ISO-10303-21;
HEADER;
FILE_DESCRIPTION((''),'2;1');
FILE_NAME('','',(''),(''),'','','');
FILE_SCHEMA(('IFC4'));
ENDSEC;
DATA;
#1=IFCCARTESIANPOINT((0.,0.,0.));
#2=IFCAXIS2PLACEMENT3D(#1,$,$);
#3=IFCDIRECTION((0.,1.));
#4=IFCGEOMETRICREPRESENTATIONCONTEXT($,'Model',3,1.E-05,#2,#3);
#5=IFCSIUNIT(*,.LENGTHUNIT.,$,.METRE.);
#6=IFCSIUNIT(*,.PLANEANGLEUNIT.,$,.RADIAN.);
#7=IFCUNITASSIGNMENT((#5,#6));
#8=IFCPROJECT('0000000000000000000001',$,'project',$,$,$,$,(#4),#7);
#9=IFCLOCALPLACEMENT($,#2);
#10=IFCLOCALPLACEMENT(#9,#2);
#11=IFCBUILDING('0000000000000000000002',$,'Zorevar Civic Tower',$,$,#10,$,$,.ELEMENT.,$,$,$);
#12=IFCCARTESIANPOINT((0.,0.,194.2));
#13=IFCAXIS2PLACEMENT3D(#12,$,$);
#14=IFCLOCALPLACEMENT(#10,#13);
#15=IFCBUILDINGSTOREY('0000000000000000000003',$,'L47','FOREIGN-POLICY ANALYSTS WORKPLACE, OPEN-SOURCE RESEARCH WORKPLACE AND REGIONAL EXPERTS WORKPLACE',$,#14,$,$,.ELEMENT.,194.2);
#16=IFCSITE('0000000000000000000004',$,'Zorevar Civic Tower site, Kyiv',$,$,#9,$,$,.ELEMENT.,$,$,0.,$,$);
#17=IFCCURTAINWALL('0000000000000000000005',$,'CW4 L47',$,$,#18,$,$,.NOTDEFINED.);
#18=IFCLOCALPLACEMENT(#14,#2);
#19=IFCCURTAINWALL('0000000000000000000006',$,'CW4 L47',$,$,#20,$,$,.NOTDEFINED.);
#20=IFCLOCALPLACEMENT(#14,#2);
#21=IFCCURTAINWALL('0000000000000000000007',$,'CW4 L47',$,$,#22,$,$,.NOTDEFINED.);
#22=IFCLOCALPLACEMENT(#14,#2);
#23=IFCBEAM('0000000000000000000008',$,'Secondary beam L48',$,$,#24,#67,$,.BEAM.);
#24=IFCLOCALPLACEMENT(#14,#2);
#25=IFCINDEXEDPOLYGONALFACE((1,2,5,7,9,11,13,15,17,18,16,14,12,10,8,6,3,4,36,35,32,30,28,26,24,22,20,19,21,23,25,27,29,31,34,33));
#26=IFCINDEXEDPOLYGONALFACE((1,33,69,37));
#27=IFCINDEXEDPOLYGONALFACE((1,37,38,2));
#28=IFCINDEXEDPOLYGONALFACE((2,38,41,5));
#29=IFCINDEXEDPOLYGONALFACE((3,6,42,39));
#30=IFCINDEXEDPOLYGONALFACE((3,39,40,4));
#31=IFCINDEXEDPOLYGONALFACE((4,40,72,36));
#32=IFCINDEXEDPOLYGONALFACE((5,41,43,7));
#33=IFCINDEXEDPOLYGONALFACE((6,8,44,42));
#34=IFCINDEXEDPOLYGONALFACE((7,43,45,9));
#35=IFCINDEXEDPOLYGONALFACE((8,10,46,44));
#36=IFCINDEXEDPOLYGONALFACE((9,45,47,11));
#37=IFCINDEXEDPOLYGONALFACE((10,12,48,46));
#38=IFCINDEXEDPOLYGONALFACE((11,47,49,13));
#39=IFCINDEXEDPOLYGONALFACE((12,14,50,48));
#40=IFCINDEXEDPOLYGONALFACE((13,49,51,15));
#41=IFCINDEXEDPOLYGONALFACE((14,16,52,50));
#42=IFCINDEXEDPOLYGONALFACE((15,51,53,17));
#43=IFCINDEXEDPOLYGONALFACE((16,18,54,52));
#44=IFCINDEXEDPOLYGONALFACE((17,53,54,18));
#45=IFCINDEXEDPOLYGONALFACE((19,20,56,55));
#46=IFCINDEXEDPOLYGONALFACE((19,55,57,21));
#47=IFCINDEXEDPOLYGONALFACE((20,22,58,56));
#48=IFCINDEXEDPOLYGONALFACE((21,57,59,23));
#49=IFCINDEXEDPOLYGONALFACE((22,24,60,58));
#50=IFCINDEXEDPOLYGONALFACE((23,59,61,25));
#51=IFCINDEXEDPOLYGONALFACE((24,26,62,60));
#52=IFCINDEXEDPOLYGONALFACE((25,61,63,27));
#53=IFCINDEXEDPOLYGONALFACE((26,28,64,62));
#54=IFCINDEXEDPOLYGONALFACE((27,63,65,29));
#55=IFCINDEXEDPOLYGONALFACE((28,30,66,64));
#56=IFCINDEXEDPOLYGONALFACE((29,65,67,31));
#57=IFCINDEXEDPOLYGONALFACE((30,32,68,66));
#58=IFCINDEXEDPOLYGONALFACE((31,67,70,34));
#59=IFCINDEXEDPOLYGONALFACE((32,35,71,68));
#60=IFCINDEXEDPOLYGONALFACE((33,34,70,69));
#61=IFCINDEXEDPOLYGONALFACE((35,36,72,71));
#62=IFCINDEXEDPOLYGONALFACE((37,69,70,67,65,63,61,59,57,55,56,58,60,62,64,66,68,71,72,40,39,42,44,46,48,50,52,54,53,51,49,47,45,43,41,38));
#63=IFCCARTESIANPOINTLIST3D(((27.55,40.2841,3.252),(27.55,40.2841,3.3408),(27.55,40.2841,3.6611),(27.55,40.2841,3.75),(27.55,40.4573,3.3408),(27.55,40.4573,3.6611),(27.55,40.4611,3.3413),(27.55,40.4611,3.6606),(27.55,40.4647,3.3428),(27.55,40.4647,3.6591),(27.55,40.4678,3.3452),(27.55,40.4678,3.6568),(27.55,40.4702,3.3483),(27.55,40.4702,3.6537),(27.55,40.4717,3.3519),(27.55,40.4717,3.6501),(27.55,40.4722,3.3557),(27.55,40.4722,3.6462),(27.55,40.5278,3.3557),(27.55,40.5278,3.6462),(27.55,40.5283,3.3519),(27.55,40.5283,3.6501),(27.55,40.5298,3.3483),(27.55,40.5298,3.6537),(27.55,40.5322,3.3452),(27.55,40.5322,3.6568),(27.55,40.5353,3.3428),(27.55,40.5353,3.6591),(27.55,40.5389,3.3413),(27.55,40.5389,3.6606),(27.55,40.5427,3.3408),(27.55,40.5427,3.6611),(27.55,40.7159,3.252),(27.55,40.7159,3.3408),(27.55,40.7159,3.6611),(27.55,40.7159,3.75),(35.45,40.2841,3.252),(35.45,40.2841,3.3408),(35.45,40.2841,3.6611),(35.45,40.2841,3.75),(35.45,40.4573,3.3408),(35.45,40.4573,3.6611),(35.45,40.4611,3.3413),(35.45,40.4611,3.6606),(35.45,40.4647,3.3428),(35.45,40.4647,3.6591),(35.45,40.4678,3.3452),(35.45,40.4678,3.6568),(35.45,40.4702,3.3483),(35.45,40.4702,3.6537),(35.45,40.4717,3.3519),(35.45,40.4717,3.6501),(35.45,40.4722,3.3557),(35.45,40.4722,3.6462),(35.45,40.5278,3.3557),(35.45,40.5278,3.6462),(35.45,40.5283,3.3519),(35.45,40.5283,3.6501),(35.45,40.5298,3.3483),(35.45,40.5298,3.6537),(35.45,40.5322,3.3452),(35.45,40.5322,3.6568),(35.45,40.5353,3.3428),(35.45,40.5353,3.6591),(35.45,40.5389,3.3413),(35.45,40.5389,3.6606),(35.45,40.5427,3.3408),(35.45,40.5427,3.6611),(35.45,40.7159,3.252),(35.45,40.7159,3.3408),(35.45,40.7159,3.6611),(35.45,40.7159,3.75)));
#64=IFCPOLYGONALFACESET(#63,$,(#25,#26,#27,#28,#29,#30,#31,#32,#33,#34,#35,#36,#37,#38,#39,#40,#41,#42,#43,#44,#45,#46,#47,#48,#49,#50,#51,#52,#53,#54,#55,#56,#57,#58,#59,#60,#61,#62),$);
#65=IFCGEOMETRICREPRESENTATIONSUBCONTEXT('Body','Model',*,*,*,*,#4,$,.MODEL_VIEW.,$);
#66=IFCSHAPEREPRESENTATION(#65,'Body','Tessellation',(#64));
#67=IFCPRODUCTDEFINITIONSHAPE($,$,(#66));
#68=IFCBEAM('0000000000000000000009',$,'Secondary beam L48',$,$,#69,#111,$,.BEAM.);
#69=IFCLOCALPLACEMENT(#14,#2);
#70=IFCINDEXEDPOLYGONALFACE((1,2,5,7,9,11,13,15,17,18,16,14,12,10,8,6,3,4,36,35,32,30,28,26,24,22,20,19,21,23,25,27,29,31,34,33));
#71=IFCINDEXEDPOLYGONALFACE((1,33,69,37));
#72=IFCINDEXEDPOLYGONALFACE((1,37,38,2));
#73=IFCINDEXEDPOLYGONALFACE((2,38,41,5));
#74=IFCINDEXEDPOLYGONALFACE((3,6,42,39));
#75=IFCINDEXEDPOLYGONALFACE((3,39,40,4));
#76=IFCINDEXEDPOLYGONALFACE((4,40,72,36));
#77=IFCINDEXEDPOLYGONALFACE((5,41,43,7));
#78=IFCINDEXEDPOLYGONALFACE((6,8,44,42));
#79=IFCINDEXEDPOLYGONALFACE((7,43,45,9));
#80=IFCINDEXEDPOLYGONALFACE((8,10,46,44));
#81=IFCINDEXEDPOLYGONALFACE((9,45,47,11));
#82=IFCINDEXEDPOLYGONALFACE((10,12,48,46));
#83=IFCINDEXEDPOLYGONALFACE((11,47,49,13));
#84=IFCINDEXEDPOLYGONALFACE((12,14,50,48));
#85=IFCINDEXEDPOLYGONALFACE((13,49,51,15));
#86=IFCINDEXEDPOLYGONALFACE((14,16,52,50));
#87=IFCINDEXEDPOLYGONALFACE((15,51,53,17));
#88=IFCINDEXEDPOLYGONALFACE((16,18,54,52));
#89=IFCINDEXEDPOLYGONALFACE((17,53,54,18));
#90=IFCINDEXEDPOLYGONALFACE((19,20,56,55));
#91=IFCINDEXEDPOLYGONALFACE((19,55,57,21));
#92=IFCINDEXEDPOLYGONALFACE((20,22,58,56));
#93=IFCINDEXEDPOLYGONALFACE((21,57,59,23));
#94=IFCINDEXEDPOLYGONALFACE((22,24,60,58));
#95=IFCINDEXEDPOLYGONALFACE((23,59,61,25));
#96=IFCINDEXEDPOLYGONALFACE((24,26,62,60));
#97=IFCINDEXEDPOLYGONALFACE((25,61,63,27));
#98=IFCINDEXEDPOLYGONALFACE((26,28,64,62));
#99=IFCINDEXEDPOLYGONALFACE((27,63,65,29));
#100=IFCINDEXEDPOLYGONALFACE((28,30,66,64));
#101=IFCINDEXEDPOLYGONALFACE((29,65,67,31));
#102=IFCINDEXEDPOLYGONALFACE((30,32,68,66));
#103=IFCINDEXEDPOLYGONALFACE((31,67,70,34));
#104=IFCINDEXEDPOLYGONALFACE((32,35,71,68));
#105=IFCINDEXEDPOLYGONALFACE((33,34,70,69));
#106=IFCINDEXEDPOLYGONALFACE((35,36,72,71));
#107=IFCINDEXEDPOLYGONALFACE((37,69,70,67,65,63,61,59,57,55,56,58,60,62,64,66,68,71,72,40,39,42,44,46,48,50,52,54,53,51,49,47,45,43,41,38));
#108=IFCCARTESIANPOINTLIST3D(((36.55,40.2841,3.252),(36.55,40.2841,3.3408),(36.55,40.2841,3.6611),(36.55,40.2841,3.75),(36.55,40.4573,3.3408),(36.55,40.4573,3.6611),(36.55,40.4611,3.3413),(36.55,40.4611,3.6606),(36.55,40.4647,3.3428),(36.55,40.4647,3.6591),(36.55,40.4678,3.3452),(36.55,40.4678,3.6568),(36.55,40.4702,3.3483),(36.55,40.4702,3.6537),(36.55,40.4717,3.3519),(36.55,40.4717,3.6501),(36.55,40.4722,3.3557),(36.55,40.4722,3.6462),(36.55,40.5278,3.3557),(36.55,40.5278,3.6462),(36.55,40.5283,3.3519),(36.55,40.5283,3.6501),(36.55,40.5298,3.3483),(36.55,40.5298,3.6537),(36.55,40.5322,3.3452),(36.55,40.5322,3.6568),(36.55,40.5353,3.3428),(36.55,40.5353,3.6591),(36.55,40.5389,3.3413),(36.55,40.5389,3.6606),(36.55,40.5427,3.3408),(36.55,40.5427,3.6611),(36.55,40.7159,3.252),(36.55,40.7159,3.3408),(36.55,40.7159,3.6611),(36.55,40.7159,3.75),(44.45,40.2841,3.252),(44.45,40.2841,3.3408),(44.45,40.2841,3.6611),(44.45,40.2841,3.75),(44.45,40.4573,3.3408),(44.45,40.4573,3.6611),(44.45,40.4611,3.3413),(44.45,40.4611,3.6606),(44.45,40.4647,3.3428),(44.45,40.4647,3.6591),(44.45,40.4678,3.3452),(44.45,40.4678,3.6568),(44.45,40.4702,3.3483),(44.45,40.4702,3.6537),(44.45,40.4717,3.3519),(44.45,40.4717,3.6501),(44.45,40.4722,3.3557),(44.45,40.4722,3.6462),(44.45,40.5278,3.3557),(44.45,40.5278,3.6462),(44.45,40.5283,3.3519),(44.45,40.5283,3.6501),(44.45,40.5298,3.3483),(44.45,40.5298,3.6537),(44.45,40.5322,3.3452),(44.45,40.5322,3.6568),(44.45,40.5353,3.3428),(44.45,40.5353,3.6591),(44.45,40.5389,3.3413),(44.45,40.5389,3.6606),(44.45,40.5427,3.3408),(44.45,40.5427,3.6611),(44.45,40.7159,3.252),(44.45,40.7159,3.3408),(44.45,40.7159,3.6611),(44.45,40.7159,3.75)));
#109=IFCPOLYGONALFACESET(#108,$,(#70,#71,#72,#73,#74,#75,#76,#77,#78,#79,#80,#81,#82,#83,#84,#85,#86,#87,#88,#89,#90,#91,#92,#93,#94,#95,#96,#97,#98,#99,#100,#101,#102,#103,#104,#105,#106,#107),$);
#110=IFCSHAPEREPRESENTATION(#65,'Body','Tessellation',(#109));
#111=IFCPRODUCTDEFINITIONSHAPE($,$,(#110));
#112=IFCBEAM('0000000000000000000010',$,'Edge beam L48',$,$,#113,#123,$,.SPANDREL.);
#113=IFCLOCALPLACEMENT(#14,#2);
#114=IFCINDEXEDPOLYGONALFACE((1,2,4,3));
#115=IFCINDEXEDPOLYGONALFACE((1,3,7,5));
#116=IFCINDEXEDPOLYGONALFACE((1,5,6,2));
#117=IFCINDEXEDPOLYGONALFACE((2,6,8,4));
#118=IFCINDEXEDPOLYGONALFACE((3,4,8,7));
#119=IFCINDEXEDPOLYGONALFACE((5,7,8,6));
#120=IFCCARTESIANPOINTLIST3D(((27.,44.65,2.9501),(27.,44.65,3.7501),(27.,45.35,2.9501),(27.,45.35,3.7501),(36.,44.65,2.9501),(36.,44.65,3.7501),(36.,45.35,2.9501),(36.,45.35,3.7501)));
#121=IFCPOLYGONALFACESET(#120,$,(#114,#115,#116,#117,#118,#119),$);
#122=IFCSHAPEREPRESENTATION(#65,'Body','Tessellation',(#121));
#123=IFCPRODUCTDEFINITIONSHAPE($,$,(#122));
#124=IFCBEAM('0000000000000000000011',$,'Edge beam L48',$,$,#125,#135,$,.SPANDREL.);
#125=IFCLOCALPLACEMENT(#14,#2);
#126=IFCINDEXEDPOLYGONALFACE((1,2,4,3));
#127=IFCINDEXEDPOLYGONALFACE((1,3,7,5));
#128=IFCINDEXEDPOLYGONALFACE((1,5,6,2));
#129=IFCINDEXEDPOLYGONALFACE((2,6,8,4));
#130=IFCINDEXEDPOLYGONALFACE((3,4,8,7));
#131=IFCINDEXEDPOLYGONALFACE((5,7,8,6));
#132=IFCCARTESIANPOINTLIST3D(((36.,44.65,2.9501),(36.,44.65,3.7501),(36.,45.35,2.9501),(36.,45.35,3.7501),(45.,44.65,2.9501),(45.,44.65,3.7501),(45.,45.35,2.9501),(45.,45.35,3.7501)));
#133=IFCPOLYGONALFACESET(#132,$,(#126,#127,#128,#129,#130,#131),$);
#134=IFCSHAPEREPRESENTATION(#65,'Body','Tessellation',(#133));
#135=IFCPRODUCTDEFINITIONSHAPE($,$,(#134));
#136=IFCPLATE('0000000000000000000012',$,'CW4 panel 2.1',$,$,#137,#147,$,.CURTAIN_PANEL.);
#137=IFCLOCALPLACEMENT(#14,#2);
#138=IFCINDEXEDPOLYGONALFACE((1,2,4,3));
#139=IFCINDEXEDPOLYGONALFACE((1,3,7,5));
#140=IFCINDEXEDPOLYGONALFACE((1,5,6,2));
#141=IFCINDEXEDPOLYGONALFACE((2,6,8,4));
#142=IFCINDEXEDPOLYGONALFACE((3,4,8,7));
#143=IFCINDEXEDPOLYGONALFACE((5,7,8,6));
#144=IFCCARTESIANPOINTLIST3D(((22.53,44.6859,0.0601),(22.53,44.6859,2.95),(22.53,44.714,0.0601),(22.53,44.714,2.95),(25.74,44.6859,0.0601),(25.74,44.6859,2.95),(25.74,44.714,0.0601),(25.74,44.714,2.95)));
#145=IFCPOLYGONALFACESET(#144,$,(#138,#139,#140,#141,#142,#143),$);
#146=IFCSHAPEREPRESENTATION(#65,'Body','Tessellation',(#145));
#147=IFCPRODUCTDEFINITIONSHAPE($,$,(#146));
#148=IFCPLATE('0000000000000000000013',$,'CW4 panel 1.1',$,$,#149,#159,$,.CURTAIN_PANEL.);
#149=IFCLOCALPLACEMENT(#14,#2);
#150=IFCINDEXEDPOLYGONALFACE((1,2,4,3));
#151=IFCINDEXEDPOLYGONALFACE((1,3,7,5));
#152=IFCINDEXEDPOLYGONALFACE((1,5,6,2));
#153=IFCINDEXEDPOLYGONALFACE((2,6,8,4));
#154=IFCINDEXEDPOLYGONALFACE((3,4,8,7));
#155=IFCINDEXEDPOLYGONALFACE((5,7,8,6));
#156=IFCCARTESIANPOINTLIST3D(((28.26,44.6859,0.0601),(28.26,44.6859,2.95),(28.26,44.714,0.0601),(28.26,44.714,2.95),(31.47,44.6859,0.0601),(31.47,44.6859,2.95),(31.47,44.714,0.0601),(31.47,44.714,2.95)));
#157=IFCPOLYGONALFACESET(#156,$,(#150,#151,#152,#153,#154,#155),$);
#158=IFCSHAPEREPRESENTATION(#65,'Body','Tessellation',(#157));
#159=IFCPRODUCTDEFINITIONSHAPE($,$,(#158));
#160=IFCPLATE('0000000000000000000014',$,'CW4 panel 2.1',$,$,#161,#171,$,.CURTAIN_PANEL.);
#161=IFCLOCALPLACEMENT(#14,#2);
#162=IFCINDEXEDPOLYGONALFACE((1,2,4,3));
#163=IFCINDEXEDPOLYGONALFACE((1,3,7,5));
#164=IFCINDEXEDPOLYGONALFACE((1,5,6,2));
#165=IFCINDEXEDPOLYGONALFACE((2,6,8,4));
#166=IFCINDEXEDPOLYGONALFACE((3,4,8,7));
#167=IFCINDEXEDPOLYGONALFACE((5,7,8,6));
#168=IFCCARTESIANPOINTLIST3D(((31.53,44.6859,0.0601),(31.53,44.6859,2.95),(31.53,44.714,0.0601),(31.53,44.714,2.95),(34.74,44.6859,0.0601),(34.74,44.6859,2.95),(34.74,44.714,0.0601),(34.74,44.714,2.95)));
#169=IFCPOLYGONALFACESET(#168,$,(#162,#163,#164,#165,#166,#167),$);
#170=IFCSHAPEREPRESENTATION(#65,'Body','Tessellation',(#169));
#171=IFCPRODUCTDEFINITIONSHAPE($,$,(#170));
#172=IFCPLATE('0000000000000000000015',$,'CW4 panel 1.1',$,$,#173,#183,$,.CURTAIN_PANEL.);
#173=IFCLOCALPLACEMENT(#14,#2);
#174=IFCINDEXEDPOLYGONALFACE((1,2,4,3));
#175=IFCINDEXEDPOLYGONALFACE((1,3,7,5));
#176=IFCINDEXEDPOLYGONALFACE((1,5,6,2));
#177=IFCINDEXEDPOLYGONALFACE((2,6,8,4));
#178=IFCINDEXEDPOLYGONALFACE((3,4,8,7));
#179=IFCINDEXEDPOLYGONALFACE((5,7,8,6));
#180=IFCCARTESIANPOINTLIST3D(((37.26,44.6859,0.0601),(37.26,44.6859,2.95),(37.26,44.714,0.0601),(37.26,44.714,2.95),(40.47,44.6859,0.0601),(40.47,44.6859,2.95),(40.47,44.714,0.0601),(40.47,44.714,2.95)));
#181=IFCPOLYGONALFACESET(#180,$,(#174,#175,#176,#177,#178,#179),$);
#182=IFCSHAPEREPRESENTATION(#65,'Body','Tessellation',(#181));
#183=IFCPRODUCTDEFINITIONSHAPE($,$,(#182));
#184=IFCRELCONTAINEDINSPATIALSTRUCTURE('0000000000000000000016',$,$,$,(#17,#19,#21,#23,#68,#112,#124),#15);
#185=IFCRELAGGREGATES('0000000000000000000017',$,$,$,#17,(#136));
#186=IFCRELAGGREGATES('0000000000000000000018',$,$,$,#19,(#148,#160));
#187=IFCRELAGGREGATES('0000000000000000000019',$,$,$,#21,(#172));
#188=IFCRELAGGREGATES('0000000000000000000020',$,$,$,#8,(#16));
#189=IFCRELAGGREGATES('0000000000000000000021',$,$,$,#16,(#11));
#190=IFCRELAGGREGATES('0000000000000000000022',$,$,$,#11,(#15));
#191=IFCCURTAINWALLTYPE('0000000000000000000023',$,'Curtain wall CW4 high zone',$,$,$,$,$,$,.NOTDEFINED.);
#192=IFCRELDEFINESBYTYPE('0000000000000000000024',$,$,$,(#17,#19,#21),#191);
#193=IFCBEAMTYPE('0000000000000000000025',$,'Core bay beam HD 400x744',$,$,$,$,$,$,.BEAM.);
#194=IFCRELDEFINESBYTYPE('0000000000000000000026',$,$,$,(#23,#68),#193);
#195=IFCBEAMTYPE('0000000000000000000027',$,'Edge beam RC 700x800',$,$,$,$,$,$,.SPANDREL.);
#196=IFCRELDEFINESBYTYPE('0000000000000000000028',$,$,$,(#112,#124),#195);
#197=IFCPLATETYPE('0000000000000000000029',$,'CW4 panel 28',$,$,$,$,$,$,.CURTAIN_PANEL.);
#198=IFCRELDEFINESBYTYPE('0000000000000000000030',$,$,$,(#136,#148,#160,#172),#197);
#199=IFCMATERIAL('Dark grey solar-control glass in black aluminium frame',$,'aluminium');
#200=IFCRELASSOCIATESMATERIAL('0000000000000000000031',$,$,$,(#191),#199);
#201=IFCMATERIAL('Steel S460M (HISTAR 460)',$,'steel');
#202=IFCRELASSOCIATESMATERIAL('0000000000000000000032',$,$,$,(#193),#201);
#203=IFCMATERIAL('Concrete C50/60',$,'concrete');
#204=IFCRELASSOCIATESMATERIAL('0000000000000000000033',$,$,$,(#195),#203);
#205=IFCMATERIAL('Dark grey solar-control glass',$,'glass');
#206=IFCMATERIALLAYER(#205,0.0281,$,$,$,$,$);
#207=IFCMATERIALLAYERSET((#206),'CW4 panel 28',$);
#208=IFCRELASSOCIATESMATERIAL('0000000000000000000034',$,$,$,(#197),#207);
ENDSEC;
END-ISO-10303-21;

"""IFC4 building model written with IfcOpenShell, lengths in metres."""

from ifc_helpers import new_model, si_unit, direction, frame, origin, origin_2d, place, context, subcontext, project, spatial, rectangle, i_section, extrude, material, layer, layer_set, material_profile, profile_set, type_object, element, aggregate, save


model = new_model("IFC4")

# Units and contexts
model_context = context("Model", 3, precision=1e-05, world=origin(), true_north=direction((0.0, 1.0)))
body_context = subcontext(model_context, "Body", "Model", "MODEL_VIEW")
ifc_project = project(units=[si_unit("LENGTHUNIT", "METRE"), si_unit("PLANEANGLEUNIT", "RADIAN")], contexts=[model_context])

# Site, building, storey
site_placement = place(None, origin())
site = spatial("IfcSite", under=ifc_project, at=site_placement, Name="Zorevar Civic Tower site, Kyiv", CompositionType="ELEMENT", RefElevation=0.0)
building_placement = place(site_placement, origin())
building = spatial("IfcBuilding", under=site, at=building_placement, Name="Zorevar Civic Tower", CompositionType="ELEMENT")
storey_placement = place(building_placement, frame((0.0, 0.0, 194.2)))
storey = spatial("IfcBuildingStorey", under=building, at=storey_placement, Name="L47", Description="FOREIGN-POLICY ANALYSTS WORKPLACE, OPEN-SOURCE RESEARCH WORKPLACE AND REGIONAL EXPERTS WORKPLACE", CompositionType="ELEMENT", Elevation=194.2)

# Curtain walls
ifc_material_1 = material(Name="Dark grey solar-control glass in black aluminium frame", Category="aluminium")
curtain_wall_type = type_object("IfcCurtainWallType", Name="Curtain wall CW4 high zone", PredefinedType="NOTDEFINED", material=ifc_material_1)
curtain_wall_1_placement = place(storey_placement, origin())
curtain_wall_1 = element("IfcCurtainWall", 1, at=curtain_wall_1_placement, inside=storey, type_object=curtain_wall_type, Name="CW4 L47", PredefinedType="NOTDEFINED")
curtain_wall_2_placement = place(storey_placement, origin())
curtain_wall_2 = element("IfcCurtainWall", 2, at=curtain_wall_2_placement, inside=storey, type_object=curtain_wall_type, Name="CW4 L47", PredefinedType="NOTDEFINED")
curtain_wall_3_placement = place(storey_placement, origin())
curtain_wall_3 = element("IfcCurtainWall", 3, at=curtain_wall_3_placement, inside=storey, type_object=curtain_wall_type, Name="CW4 L47", PredefinedType="NOTDEFINED")

# Beams
ifc_material_2 = material(Name="Steel S460M (HISTAR 460)", Category="steel")
ifc_material_profile_1 = material_profile(ifc_material_2, i_section(OverallWidth=0.4319, OverallDepth=0.498, WebThickness=0.0557, FlangeThickness=0.0889, FilletRadius=0.0149, at=origin_2d()), Name="HD 400x744")
ifc_profile_set_1 = profile_set([ifc_material_profile_1], Name="Steel S460M (HISTAR 460)")
beam_type_1 = type_object("IfcBeamType", Name="Core bay beam HD 400x744", PredefinedType="BEAM", material=ifc_profile_set_1)
for number, where, z_axis, x_axis, name in (
    (4, (27.55, 40.5, 3.501), (1.0, 0.0, 0.0), (0.0, 1.0, 0.0), "Secondary beam L48"),
    (5, (36.55, 40.5, 3.501), (1.0, 0.0, 0.0), (0.0, 1.0, 0.0), "Secondary beam L48"),
):
    element("IfcBeam", number, at=place(storey_placement, frame(where, z_axis=z_axis, x_axis=x_axis)), inside=storey, type_object=beam_type_1, Name=name, PredefinedType="BEAM", context=body_context, shape_type="SweptSolid", body=[
        extrude(i_section(OverallWidth=0.4319, OverallDepth=0.498, WebThickness=0.0557, FlangeThickness=0.0889, FilletRadius=0.0149, at=origin_2d()), origin(), (0.0, 0.0, 1.0), 7.8999),
    ])
ifc_material_3 = material(Name="Concrete C50/60", Category="concrete")
ifc_material_profile_2 = material_profile(ifc_material_3, rectangle(XDim=0.7, YDim=0.8, at=origin_2d()), Name="RC 700x800")
ifc_profile_set_2 = profile_set([ifc_material_profile_2], Name="Concrete C50/60")
beam_type_2 = type_object("IfcBeamType", Name="Edge beam RC 700x800", PredefinedType="SPANDREL", material=ifc_profile_set_2)
for number, where, z_axis, x_axis, name in (
    (6, (27.0, 45.0, 3.3501), (1.0, 0.0, 0.0), (0.0, 1.0, 0.0), "Edge beam L48"),
    (7, (36.0, 45.0, 3.3501), (1.0, 0.0, 0.0), (0.0, 1.0, 0.0), "Edge beam L48"),
):
    element("IfcBeam", number, at=place(storey_placement, frame(where, z_axis=z_axis, x_axis=x_axis)), inside=storey, type_object=beam_type_2, Name=name, PredefinedType="SPANDREL", context=body_context, shape_type="SweptSolid", body=[
        extrude(rectangle(XDim=0.7, YDim=0.8, at=origin_2d()), origin(), (0.0, 0.0, 1.0), 9.0),
    ])

# Plates
ifc_material_4 = material(Name="Dark grey solar-control glass", Category="glass")
ifc_layer_1 = layer(ifc_material_4, 0.0281)
ifc_layer_set_1 = layer_set([ifc_layer_1], Name="CW4 panel 28")
plate_type = type_object("IfcPlateType", Name="CW4 panel 28", PredefinedType="CURTAIN_PANEL", material=ifc_layer_set_1)
plate_1_placement = place(storey_placement, frame((24.135, 44.7, 0.0601), z_axis=(0.0, 0.0, 1.0), x_axis=(1.0, 0.0, 0.0)))
plate_1 = element("IfcPlate", 8, at=plate_1_placement, type_object=plate_type, Name="CW4 panel 2.1", PredefinedType="CURTAIN_PANEL", context=body_context, shape_type="SweptSolid", body=[
    extrude(rectangle(XDim=3.21, YDim=0.0281, at=origin_2d()), origin(), (0.0, 0.0, 1.0), 2.8899),
])
aggregate(curtain_wall_1, [plate_1])
plate_2_placement = place(storey_placement, frame((29.865, 44.7, 0.0601), z_axis=(0.0, 0.0, 1.0), x_axis=(1.0, 0.0, 0.0)))
plate_2 = element("IfcPlate", 9, at=plate_2_placement, type_object=plate_type, Name="CW4 panel 1.1", PredefinedType="CURTAIN_PANEL", context=body_context, shape_type="SweptSolid", body=[
    extrude(rectangle(XDim=3.21, YDim=0.0281, at=origin_2d()), origin(), (0.0, 0.0, 1.0), 2.8899),
])
plate_3_placement = place(storey_placement, frame((33.135, 44.7, 0.0601), z_axis=(0.0, 0.0, 1.0), x_axis=(1.0, 0.0, 0.0)))
plate_3 = element("IfcPlate", 10, at=plate_3_placement, type_object=plate_type, Name="CW4 panel 2.1", PredefinedType="CURTAIN_PANEL", context=body_context, shape_type="SweptSolid", body=[
    extrude(rectangle(XDim=3.21, YDim=0.0281, at=origin_2d()), origin(), (0.0, 0.0, 1.0), 2.8899),
])
aggregate(curtain_wall_2, [plate_2, plate_3])
plate_4_placement = place(storey_placement, frame((38.865, 44.7, 0.0601), z_axis=(0.0, 0.0, 1.0), x_axis=(1.0, 0.0, 0.0)))
plate_4 = element("IfcPlate", 11, at=plate_4_placement, type_object=plate_type, Name="CW4 panel 1.1", PredefinedType="CURTAIN_PANEL", context=body_context, shape_type="SweptSolid", body=[
    extrude(rectangle(XDim=3.21, YDim=0.0281, at=origin_2d()), origin(), (0.0, 0.0, 1.0), 2.8899),
])
aggregate(curtain_wall_3, [plate_4])

save(model, "model.ifc")
